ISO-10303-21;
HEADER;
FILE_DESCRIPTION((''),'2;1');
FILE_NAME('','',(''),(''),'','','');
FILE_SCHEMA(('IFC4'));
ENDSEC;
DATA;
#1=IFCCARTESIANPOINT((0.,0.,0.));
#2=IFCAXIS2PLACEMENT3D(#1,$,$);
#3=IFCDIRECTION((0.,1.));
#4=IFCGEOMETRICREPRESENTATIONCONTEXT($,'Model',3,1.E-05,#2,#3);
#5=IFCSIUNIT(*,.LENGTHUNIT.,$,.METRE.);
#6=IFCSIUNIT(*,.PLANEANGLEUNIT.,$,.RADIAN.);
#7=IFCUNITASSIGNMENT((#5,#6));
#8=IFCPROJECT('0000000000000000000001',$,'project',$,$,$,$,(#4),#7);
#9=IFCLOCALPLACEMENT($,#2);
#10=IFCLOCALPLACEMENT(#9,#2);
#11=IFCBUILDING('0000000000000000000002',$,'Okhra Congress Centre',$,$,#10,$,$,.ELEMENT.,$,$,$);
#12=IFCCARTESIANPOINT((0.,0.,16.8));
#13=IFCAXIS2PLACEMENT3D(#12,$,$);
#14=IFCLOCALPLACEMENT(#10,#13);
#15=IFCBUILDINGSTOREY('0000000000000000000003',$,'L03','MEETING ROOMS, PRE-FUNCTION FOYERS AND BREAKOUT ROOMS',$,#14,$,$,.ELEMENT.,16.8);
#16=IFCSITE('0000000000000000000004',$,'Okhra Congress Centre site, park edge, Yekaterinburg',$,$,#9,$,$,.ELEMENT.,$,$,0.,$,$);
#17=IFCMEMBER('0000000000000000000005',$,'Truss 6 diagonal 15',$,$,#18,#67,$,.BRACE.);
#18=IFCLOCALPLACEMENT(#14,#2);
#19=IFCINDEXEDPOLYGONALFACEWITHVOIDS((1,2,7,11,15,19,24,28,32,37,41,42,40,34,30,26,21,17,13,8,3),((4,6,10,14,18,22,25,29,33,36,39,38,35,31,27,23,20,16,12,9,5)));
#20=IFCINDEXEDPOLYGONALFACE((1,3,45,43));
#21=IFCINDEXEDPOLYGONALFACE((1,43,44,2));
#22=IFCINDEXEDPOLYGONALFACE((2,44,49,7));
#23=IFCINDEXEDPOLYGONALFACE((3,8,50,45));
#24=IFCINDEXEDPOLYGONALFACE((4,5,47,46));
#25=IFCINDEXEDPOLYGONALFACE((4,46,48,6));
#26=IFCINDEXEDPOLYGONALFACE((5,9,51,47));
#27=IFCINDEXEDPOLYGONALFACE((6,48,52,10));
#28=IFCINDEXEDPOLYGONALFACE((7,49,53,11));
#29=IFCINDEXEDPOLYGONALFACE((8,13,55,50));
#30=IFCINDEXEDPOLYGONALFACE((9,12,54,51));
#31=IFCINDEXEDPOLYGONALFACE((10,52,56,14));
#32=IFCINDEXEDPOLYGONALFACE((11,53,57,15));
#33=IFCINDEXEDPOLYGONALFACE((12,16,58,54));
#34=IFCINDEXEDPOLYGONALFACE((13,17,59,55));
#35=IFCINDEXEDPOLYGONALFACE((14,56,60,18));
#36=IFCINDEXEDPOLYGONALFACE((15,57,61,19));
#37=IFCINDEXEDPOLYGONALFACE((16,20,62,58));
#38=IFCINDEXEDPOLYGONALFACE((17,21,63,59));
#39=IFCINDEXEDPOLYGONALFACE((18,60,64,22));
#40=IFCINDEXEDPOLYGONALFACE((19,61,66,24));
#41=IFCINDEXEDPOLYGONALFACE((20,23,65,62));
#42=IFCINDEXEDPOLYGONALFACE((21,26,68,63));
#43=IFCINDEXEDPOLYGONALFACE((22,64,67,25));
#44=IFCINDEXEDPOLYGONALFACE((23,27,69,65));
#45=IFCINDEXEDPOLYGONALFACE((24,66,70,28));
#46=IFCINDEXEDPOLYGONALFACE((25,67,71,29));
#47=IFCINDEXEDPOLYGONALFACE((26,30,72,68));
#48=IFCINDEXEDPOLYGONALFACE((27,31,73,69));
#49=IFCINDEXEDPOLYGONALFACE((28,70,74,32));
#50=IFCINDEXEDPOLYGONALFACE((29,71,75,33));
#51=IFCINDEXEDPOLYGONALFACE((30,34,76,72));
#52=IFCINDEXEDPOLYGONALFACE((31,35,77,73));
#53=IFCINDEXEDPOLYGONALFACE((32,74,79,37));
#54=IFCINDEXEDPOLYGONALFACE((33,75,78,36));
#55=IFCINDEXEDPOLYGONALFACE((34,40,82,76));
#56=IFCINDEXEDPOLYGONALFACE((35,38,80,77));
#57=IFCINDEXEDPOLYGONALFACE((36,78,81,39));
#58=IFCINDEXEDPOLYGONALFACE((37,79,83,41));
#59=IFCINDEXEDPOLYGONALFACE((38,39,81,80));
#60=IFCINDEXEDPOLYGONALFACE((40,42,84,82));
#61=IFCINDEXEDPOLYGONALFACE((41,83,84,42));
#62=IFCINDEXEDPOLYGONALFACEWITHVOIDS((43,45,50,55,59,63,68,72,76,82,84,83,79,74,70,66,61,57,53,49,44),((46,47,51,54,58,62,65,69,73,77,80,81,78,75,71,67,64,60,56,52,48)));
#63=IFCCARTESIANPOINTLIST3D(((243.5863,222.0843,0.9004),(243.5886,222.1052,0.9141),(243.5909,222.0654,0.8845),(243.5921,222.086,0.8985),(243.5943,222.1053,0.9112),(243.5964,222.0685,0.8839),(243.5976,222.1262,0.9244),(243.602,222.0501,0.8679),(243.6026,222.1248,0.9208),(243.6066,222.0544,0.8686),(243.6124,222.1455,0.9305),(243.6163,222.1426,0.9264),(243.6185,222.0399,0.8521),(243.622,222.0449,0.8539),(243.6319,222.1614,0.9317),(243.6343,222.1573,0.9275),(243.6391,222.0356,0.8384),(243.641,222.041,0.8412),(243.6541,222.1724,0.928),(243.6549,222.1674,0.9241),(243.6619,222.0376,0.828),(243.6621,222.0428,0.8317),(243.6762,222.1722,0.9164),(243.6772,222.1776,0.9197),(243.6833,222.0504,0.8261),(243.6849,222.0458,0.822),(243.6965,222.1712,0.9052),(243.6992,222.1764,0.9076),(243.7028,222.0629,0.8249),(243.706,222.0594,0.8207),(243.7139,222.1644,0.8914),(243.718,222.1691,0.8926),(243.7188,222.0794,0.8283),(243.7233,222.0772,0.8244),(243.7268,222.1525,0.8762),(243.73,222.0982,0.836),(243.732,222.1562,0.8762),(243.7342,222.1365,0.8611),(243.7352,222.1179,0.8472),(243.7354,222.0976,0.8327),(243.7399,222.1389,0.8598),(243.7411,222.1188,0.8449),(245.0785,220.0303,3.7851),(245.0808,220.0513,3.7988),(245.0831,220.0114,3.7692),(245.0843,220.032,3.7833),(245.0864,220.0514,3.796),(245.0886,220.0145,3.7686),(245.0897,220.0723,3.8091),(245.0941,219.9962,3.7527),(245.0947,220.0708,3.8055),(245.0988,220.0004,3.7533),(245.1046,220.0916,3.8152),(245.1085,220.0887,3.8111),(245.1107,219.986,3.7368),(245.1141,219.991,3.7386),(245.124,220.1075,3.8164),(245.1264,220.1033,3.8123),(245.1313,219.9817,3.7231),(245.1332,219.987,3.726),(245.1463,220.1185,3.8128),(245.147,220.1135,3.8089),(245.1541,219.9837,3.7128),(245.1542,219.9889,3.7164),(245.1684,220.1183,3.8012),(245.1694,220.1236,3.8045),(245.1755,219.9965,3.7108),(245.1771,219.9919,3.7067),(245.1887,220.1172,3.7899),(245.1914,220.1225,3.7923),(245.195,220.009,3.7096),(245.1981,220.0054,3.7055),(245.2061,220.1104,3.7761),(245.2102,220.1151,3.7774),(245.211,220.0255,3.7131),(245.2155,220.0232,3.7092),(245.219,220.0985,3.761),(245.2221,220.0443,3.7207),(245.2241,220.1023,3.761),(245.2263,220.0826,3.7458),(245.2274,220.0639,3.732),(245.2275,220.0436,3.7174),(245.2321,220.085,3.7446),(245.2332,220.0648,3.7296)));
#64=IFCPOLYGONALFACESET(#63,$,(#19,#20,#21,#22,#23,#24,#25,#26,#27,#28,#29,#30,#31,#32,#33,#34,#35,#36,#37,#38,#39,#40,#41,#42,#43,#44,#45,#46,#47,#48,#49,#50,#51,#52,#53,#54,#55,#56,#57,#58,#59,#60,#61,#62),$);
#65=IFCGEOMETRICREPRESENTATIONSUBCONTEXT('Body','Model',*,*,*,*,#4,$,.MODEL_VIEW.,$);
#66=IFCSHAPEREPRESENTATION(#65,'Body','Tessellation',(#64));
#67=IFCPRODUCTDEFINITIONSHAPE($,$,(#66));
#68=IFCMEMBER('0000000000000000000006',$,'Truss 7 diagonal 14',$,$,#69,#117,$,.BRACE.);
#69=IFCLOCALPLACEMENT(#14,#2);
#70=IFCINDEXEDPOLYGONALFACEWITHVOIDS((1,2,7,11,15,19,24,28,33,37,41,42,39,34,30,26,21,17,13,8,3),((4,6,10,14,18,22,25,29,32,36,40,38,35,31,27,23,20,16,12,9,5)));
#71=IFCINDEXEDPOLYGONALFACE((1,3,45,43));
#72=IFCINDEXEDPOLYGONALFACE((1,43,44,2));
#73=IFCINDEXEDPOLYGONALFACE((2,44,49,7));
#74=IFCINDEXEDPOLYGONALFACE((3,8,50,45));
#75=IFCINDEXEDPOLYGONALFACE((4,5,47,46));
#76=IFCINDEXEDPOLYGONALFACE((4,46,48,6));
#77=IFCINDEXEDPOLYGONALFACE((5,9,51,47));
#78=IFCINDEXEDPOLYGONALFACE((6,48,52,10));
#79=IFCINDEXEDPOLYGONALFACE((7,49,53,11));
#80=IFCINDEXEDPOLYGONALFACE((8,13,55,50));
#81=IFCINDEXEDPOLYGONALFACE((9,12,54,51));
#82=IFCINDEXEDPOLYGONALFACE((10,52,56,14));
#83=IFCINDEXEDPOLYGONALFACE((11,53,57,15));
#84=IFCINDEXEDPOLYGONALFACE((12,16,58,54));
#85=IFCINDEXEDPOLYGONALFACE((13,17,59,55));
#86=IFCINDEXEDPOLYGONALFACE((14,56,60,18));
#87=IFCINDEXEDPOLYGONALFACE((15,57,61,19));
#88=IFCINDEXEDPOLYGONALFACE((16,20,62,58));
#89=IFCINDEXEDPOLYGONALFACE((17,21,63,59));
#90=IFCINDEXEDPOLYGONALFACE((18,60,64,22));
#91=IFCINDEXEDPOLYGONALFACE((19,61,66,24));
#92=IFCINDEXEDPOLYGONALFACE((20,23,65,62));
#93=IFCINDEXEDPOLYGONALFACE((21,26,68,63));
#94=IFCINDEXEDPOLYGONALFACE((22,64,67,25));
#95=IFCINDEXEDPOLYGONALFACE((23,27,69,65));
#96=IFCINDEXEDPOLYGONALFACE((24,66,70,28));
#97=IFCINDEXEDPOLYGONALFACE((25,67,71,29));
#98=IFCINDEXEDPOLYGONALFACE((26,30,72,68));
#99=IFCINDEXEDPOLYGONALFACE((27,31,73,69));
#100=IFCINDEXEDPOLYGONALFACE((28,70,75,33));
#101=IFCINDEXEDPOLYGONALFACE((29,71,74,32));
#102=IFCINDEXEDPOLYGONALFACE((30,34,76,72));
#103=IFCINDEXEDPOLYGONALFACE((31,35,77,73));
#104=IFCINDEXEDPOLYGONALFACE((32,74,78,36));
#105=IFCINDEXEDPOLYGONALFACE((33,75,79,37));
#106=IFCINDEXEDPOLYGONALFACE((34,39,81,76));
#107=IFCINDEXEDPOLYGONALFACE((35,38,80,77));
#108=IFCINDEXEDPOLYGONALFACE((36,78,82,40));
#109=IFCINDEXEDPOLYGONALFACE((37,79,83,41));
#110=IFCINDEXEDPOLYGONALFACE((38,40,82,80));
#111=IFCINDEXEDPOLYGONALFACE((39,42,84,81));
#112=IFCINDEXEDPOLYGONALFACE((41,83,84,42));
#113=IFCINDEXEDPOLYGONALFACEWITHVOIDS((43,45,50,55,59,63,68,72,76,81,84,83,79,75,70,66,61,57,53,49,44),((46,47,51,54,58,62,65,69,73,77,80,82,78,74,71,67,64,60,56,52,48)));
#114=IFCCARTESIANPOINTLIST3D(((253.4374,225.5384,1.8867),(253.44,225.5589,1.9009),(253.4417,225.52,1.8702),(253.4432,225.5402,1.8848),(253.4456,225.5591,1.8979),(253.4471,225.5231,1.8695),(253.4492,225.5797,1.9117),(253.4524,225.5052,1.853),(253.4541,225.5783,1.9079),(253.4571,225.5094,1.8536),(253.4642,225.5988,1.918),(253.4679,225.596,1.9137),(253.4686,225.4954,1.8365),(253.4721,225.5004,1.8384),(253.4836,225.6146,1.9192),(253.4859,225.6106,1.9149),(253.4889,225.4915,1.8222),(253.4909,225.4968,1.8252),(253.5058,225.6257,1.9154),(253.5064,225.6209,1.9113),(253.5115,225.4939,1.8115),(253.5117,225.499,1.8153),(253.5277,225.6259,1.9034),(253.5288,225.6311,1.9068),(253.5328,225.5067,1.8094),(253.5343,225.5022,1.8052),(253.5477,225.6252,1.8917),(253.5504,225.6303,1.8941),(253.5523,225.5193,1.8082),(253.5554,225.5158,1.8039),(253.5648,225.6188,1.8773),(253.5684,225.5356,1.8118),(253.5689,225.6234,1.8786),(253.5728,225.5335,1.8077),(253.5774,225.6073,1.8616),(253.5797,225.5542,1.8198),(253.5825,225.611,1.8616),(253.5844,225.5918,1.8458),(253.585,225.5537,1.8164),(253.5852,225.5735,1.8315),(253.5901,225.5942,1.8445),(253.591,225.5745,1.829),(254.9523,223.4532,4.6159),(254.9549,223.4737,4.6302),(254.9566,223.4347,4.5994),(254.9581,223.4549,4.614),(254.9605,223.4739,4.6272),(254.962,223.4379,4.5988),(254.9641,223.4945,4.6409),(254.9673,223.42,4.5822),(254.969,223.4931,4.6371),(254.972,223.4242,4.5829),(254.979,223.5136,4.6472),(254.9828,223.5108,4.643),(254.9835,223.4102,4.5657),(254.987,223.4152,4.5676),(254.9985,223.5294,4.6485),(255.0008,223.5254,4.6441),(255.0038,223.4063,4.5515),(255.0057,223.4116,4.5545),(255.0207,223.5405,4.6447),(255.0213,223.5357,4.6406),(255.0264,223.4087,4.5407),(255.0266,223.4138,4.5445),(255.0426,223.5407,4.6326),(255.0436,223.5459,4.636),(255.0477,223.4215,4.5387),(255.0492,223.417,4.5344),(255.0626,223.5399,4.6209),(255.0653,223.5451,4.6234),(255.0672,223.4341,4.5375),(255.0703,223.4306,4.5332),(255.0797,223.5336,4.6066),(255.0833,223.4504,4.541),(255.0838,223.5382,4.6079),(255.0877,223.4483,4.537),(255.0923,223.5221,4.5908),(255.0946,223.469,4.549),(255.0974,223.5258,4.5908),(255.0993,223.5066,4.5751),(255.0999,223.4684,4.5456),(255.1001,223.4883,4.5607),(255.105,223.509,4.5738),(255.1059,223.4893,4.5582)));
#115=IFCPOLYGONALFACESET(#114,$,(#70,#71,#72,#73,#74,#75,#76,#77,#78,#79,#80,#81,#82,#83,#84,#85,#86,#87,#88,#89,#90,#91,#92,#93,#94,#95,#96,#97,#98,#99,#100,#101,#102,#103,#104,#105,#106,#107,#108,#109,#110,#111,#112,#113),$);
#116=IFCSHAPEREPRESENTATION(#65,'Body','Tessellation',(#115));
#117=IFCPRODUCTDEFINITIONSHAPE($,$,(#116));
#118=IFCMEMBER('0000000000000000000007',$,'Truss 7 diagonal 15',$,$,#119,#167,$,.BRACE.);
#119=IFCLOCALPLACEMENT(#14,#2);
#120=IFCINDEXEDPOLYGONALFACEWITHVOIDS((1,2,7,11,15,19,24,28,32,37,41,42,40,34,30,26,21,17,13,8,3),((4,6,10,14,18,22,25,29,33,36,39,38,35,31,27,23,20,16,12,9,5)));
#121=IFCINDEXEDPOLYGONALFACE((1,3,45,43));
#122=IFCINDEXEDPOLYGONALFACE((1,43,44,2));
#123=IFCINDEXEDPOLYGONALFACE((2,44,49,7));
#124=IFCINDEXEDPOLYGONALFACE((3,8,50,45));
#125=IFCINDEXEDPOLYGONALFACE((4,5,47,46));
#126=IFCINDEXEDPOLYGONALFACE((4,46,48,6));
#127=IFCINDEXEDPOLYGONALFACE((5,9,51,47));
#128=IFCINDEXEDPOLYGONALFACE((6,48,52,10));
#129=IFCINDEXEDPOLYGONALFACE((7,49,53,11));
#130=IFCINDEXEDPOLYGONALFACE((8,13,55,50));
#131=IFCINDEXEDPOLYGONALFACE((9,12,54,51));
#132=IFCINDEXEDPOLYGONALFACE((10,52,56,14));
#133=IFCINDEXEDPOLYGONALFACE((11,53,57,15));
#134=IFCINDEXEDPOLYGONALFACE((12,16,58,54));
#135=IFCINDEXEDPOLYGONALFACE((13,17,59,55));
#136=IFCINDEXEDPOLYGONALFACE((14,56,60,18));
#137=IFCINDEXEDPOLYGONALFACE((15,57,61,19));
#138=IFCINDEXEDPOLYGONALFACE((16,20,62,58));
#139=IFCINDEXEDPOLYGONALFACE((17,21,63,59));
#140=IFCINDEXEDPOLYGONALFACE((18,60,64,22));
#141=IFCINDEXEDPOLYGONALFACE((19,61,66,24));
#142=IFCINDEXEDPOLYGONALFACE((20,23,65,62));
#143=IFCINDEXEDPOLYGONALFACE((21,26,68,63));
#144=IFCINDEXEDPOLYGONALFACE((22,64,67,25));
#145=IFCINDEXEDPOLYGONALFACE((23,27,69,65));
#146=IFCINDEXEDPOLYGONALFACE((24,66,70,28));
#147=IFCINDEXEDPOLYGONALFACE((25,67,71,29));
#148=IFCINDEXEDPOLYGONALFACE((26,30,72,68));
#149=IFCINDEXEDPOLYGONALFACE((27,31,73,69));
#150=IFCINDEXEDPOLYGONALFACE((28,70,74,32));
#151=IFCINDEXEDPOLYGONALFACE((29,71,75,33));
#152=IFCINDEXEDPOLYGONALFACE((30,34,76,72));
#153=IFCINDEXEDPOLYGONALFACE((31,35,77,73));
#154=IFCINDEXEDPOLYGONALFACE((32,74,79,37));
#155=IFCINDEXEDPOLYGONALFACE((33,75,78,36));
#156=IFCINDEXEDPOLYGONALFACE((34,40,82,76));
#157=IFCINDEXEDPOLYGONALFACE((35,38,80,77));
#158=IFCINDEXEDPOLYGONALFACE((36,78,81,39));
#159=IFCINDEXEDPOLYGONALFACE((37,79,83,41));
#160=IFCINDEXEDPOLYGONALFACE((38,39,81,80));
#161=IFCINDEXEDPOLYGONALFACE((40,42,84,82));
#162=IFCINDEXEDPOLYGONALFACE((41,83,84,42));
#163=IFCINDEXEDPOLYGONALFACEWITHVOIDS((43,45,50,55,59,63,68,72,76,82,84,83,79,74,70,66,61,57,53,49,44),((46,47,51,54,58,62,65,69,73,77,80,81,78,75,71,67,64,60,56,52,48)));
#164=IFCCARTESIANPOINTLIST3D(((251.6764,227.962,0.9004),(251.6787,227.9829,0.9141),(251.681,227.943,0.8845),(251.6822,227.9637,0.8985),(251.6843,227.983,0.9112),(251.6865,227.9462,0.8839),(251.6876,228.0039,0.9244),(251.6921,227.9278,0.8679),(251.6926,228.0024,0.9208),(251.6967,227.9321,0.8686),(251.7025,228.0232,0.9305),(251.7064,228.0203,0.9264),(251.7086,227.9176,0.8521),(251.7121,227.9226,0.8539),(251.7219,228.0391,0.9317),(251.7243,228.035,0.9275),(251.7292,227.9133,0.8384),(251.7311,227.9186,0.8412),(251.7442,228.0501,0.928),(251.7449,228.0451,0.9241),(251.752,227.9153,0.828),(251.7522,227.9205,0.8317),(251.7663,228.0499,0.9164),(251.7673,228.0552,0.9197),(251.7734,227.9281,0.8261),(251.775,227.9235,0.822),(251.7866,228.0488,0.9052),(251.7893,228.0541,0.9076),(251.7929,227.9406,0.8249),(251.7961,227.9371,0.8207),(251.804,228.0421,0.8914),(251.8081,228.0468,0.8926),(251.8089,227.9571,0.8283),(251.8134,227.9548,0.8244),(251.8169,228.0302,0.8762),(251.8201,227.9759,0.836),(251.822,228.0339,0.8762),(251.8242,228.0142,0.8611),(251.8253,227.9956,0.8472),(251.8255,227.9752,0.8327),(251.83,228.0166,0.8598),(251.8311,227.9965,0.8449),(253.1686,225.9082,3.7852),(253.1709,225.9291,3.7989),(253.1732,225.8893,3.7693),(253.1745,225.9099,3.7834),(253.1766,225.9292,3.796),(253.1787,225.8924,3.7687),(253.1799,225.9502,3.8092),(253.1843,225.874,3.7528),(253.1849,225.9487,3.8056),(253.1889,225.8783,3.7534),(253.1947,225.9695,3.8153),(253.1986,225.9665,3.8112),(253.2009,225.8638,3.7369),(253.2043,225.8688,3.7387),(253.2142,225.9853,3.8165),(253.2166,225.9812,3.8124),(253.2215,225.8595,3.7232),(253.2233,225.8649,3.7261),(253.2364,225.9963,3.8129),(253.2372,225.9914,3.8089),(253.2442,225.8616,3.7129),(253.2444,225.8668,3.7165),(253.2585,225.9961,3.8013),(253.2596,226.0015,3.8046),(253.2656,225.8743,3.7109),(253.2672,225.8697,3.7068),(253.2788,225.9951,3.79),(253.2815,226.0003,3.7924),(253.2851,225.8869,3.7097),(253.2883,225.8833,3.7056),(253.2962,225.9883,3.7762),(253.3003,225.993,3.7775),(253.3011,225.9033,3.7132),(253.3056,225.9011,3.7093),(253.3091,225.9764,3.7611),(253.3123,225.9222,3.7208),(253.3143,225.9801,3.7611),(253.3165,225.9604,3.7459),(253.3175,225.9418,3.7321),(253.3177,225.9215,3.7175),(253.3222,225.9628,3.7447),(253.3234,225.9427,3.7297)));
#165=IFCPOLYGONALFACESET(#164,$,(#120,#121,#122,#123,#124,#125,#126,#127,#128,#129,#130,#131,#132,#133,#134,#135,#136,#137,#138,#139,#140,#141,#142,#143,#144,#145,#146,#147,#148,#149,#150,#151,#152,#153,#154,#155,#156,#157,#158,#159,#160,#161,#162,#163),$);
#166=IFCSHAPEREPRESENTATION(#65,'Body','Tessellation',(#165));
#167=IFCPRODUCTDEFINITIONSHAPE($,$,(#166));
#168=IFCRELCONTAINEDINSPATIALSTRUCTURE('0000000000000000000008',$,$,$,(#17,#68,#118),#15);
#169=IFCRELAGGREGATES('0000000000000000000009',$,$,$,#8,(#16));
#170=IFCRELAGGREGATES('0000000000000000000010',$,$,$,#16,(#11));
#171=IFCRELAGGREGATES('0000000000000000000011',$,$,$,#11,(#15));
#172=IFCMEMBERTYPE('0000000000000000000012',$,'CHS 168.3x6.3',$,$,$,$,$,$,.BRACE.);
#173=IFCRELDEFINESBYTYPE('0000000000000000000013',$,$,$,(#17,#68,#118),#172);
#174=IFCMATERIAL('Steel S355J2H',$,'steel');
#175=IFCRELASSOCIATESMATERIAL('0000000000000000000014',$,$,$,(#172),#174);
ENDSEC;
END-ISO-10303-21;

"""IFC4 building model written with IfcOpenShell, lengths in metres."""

from ifc_helpers import new_model, si_unit, direction, frame, origin, origin_2d, place, context, subcontext, project, spatial, hollow_circle, extrude, material, material_profile, profile_set, type_object, element, save


model = new_model("IFC4")

# Units and contexts
model_context = context("Model", 3, precision=1e-05, world=origin(), true_north=direction((0.0, 1.0)))
body_context = subcontext(model_context, "Body", "Model", "MODEL_VIEW")
ifc_project = project(units=[si_unit("LENGTHUNIT", "METRE"), si_unit("PLANEANGLEUNIT", "RADIAN")], contexts=[model_context])

# Site, building, storey
site_placement = place(None, origin())
site = spatial("IfcSite", under=ifc_project, at=site_placement, Name="Okhra Congress Centre site, park edge, Yekaterinburg", CompositionType="ELEMENT", RefElevation=0.0)
building_placement = place(site_placement, origin())
building = spatial("IfcBuilding", under=site, at=building_placement, Name="Okhra Congress Centre", CompositionType="ELEMENT")
storey_placement = place(building_placement, frame((0.0, 0.0, 16.8)))
storey = spatial("IfcBuildingStorey", under=building, at=storey_placement, Name="L03", Description="MEETING ROOMS, PRE-FUNCTION FOYERS AND BREAKOUT ROOMS", CompositionType="ELEMENT", Elevation=16.8)

# Members
ifc_material_1 = material(Name="Steel S355J2H", Category="steel")
ifc_material_profile_1 = material_profile(ifc_material_1, hollow_circle(Radius=0.0842, WallThickness=0.0063, at=origin_2d()), Name="CHS 168.3x6.3")
ifc_profile_set_1 = profile_set([ifc_material_profile_1], Name="Steel S355J2H")
member_type_1 = type_object("IfcMemberType", Name="CHS 168.3x6.3", PredefinedType="BRACE", material=ifc_profile_set_1)
member_1_placement = place(storey_placement, frame((243.6638, 222.1067, 0.8762), z_axis=(0.388306, -0.534492, 0.750691), x_axis=(0.809035, 0.58776, 0.0)))
element("IfcMember", 1, at=member_1_placement, inside=storey, type_object=member_type_1, Name="Truss 6 diagonal 15", PredefinedType="BRACE", context=body_context, shape_type="SweptSolid", body=[
    extrude(hollow_circle(Radius=0.0842, WallThickness=0.0063, at=origin_2d()), origin(), (0.0, 0.0, 1.0), 3.8428),
])
member_2_placement = place(storey_placement, frame((253.5144, 225.5615, 1.8616), z_axis=(0.403552, -0.555477, 0.727043), x_axis=(0.809035, 0.58776, 0.0)))
element("IfcMember", 2, at=member_2_placement, inside=storey, type_object=member_type_1, Name="Truss 7 diagonal 14", PredefinedType="BRACE", context=body_context, shape_type="SweptSolid", body=[
    extrude(hollow_circle(Radius=0.0842, WallThickness=0.0063, at=origin_2d()), origin(), (0.0, 0.0, 1.0), 3.7539),
])
member_3_placement = place(storey_placement, frame((251.7539, 227.9844, 0.8762), z_axis=(0.388319, -0.534447, 0.750716), x_axis=(0.809002, 0.587806, 0.0)))
element("IfcMember", 3, at=member_3_placement, inside=storey, type_object=member_type_1, Name="Truss 7 diagonal 15", PredefinedType="BRACE", context=body_context, shape_type="SweptSolid", body=[
    extrude(hollow_circle(Radius=0.0842, WallThickness=0.0063, at=origin_2d()), origin(), (0.0, 0.0, 1.0), 3.8428),
])

save(model, "model.ifc")
